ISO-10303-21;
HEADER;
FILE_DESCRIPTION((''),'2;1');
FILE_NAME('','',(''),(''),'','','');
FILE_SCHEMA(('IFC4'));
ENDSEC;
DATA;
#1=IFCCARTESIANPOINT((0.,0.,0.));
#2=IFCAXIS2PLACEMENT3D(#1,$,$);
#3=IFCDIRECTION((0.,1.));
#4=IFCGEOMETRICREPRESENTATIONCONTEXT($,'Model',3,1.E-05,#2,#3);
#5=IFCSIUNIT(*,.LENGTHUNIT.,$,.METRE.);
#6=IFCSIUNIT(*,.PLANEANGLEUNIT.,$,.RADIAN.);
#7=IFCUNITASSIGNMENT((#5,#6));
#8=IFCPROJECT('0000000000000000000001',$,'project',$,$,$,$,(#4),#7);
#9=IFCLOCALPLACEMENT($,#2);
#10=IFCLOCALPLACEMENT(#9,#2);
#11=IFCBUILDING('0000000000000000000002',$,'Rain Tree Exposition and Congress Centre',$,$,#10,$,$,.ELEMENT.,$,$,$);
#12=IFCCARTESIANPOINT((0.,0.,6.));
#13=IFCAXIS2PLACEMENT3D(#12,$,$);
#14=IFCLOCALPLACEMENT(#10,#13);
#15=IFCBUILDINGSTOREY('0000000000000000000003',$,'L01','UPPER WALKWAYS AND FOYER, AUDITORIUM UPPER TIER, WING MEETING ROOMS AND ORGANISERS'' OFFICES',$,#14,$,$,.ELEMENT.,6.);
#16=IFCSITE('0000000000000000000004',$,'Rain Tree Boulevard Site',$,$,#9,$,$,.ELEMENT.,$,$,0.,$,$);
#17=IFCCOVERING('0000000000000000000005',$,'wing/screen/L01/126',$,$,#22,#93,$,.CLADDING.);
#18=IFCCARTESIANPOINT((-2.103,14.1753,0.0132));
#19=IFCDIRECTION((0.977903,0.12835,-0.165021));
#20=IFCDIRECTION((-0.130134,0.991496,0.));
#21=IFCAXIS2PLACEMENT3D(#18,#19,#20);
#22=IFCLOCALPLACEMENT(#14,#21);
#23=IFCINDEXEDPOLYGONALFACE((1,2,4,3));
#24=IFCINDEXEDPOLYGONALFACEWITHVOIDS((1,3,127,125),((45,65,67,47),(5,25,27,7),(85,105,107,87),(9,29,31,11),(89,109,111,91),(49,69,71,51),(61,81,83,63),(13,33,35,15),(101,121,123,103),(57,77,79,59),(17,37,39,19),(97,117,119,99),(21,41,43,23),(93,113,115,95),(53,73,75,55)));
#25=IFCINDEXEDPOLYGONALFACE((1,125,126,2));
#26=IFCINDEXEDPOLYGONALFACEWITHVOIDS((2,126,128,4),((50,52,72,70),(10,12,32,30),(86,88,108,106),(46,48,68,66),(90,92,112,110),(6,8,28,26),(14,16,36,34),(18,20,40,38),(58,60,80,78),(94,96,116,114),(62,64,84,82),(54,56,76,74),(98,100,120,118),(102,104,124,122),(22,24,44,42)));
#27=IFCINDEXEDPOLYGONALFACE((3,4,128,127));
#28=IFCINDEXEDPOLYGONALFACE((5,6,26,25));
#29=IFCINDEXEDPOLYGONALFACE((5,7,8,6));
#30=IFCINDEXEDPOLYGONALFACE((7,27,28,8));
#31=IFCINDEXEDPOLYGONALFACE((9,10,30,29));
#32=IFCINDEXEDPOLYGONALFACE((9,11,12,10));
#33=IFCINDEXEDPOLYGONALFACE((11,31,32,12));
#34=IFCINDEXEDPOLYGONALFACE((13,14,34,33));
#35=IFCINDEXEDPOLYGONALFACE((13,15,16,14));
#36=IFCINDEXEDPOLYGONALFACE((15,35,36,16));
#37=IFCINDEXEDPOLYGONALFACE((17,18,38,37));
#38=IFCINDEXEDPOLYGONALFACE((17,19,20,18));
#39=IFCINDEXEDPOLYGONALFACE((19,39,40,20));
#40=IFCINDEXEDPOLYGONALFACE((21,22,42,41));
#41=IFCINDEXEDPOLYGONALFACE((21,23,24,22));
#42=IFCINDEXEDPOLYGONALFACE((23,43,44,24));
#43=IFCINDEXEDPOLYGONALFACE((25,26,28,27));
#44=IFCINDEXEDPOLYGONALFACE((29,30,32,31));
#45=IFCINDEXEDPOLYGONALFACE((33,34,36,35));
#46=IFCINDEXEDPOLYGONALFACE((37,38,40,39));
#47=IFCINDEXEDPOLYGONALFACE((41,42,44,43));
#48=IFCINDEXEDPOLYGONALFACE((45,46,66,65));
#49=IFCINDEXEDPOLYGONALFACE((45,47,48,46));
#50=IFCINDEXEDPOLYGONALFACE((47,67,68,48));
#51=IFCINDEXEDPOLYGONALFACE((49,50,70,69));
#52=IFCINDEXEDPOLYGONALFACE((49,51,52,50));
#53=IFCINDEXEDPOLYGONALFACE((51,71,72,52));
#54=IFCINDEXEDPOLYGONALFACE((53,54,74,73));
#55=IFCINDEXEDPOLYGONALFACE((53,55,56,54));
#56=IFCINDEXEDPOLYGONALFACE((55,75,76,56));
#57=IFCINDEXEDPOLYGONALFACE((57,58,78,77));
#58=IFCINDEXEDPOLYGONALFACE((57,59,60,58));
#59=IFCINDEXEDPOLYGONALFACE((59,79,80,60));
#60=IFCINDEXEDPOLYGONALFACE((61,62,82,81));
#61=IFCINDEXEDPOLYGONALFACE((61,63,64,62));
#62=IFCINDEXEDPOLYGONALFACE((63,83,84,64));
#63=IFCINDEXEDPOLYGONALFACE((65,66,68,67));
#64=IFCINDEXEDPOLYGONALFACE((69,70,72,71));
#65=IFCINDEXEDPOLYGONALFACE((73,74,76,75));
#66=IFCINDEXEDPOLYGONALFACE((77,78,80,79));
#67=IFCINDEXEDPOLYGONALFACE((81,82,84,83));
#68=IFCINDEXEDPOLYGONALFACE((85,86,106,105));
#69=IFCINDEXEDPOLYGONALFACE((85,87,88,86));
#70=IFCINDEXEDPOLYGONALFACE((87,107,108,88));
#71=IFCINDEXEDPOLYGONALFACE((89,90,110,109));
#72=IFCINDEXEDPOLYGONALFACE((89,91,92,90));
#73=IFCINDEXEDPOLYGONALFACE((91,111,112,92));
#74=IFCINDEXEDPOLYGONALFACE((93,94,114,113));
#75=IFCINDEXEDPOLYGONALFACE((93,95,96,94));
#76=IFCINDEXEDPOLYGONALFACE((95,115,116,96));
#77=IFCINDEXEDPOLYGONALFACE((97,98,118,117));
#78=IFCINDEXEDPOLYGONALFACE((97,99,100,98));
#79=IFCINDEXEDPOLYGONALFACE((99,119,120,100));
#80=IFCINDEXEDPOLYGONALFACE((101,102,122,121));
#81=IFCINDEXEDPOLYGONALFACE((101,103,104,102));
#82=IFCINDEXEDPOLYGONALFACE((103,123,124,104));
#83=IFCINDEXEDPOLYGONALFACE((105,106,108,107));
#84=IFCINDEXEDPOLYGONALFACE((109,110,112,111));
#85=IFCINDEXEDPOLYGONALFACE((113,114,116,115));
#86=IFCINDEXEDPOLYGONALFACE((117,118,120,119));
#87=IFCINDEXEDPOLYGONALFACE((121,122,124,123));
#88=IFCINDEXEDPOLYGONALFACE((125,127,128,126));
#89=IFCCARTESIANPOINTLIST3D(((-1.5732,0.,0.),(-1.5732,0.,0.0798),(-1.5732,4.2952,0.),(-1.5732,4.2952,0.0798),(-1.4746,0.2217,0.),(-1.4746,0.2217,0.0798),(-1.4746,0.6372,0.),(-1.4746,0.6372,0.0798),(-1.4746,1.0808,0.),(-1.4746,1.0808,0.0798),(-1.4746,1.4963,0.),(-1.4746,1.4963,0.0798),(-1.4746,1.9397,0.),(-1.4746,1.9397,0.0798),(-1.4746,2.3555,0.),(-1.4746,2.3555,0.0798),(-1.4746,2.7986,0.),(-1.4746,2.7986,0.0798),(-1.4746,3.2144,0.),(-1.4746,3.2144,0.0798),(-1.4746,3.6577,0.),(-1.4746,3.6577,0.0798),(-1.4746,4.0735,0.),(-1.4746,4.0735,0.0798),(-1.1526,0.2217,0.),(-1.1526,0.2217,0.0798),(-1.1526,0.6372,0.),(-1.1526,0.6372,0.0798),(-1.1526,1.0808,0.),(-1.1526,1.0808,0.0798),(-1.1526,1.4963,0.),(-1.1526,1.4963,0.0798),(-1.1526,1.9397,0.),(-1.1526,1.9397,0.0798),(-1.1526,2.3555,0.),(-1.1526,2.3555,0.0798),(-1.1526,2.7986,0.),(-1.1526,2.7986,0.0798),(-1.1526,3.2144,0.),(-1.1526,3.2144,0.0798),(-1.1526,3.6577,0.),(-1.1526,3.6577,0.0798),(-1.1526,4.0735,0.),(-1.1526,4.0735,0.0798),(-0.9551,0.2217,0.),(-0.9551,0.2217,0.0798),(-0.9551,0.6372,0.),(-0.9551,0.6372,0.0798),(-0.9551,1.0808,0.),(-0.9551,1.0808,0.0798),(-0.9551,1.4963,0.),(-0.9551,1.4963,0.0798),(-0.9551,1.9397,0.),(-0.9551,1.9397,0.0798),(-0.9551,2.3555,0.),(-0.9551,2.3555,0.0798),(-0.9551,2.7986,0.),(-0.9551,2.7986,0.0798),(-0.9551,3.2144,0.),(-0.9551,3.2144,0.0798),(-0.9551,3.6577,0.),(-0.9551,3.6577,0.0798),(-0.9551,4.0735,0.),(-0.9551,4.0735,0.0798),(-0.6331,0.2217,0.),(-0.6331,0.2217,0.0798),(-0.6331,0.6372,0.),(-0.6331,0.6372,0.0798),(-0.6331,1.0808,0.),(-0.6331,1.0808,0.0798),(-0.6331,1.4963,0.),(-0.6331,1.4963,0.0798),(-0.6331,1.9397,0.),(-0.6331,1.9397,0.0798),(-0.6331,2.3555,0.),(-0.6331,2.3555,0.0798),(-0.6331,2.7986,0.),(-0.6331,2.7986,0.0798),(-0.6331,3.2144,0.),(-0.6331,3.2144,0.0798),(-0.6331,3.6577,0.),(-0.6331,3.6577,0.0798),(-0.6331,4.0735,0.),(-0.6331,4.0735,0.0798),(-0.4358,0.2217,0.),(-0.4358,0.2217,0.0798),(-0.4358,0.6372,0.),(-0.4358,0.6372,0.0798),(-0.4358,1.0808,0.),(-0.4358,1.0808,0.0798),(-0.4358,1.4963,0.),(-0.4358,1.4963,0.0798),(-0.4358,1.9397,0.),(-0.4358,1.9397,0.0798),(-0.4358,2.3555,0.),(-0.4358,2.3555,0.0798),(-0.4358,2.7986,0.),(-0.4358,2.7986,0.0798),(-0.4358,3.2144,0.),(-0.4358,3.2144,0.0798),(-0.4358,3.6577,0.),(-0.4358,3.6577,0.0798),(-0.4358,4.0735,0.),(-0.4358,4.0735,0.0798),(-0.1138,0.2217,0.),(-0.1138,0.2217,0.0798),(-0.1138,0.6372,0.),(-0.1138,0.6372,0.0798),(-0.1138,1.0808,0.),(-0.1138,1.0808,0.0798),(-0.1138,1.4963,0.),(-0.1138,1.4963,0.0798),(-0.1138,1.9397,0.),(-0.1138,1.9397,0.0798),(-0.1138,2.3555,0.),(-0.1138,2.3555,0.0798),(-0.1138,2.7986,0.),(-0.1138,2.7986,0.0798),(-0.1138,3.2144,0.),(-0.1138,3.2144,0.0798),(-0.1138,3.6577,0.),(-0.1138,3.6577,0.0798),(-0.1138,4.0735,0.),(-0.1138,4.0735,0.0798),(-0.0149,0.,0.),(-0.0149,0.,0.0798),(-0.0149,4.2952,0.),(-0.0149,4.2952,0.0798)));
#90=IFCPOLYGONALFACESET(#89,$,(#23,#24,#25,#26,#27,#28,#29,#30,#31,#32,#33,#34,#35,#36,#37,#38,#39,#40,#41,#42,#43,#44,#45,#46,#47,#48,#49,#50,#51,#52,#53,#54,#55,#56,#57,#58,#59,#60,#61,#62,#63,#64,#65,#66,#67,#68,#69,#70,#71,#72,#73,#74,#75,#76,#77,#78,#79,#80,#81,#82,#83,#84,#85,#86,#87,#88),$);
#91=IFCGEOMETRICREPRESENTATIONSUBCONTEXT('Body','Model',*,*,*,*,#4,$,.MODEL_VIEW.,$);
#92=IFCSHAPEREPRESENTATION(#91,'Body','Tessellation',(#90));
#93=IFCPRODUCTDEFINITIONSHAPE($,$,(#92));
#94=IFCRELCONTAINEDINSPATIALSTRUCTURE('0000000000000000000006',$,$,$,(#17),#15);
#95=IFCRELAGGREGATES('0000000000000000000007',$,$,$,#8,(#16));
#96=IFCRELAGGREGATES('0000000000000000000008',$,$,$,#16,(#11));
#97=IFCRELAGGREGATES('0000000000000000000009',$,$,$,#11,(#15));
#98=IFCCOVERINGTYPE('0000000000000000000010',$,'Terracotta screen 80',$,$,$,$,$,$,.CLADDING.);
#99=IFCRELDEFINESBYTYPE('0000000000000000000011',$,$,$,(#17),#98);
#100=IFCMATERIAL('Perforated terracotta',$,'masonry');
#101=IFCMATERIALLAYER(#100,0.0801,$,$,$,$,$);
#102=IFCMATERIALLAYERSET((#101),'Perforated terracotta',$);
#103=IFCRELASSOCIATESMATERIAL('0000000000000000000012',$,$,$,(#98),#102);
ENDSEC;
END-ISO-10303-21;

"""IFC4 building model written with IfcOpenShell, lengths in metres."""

from ifc_helpers import new_model, si_unit, direction, frame, origin, place, context, subcontext, project, spatial, polyline, outline, extrude, material, layer, layer_set, type_object, element, save


model = new_model("IFC4")

# Units and contexts
model_context = context("Model", 3, precision=1e-05, world=origin(), true_north=direction((0.0, 1.0)))
body_context = subcontext(model_context, "Body", "Model", "MODEL_VIEW")
ifc_project = project(units=[si_unit("LENGTHUNIT", "METRE"), si_unit("PLANEANGLEUNIT", "RADIAN")], contexts=[model_context])

# Site, building, storey
site_placement = place(None, origin())
site = spatial("IfcSite", under=ifc_project, at=site_placement, Name="Rain Tree Boulevard Site", CompositionType="ELEMENT", RefElevation=0.0)
building_placement = place(site_placement, origin())
building = spatial("IfcBuilding", under=site, at=building_placement, Name="Rain Tree Exposition and Congress Centre", CompositionType="ELEMENT")
storey_placement = place(building_placement, frame((0.0, 0.0, 6.0)))
storey = spatial("IfcBuildingStorey", under=building, at=storey_placement, Name="L01", Description="UPPER WALKWAYS AND FOYER, AUDITORIUM UPPER TIER, WING MEETING ROOMS AND ORGANISERS' OFFICES", CompositionType="ELEMENT", Elevation=6.0)

# Covering
ifc_material_1 = material(Name="Perforated terracotta", Category="masonry")
ifc_layer_1 = layer(ifc_material_1, 0.0801)
ifc_layer_set_1 = layer_set([ifc_layer_1], Name="Perforated terracotta")
covering_type = type_object("IfcCoveringType", Name="Terracotta screen 80", PredefinedType="CLADDING", material=ifc_layer_set_1)
covering_1_placement = place(storey_placement, frame((-2.103, 14.1753, 0.0132), z_axis=(0.977903, 0.12835, -0.165021), x_axis=(-0.130134, 0.991496, 0.0)))
element("IfcCovering", 1, at=covering_1_placement, inside=storey, type_object=covering_type, Name="wing/screen/L01/126", PredefinedType="CLADDING", context=body_context, shape_type="SweptSolid", body=[
    extrude(outline(polyline([(-1.5732, 0.0), (-1.5732, 4.2952), (-0.0149, 4.2952), (-0.0149, 0.0), (-1.5732, 0.0)]), holes=[polyline([(-0.1138, 0.2217), (-0.1138, 0.6372), (-0.4358, 0.6372), (-0.4358, 0.2217), (-0.1138, 0.2217)]), polyline([(-0.1138, 1.0808), (-0.1138, 1.4963), (-0.4358, 1.4963), (-0.4358, 1.0808), (-0.1138, 1.0808)]), polyline([(-0.1138, 1.9397), (-0.1138, 2.3555), (-0.4358, 2.3555), (-0.4358, 1.9397), (-0.1138, 1.9397)]), polyline([(-0.1138, 2.7986), (-0.1138, 3.2144), (-0.4358, 3.2144), (-0.4358, 2.7986), (-0.1138, 2.7986)]), polyline([(-0.1138, 3.6577), (-0.1138, 4.0735), (-0.4358, 4.0735), (-0.4358, 3.6577), (-0.1138, 3.6577)]), polyline([(-0.6331, 0.2217), (-0.6331, 0.6372), (-0.9551, 0.6372), (-0.9551, 0.2217), (-0.6331, 0.2217)]), polyline([(-0.6331, 1.0808), (-0.6331, 1.4963), (-0.9551, 1.4963), (-0.9551, 1.0808), (-0.6331, 1.0808)]), polyline([(-0.6331, 1.9397), (-0.6331, 2.3555), (-0.9551, 2.3555), (-0.9551, 1.9397), (-0.6331, 1.9397)]), polyline([(-0.6331, 2.7986), (-0.6331, 3.2144), (-0.9551, 3.2144), (-0.9551, 2.7986), (-0.6331, 2.7986)]), polyline([(-0.6331, 3.6577), (-0.6331, 4.0735), (-0.9551, 4.0735), (-0.9551, 3.6577), (-0.6331, 3.6577)]), polyline([(-1.1526, 0.2217), (-1.1526, 0.6372), (-1.4746, 0.6372), (-1.4746, 0.2217), (-1.1526, 0.2217)]), polyline([(-1.1526, 1.0808), (-1.1526, 1.4963), (-1.4746, 1.4963), (-1.4746, 1.0808), (-1.1526, 1.0808)]), polyline([(-1.1526, 1.9397), (-1.1526, 2.3555), (-1.4746, 2.3555), (-1.4746, 1.9397), (-1.1526, 1.9397)]), polyline([(-1.1526, 2.7986), (-1.1526, 3.2144), (-1.4746, 3.2144), (-1.4746, 2.7986), (-1.1526, 2.7986)]), polyline([(-1.1526, 3.6577), (-1.1526, 4.0735), (-1.4746, 4.0735), (-1.4746, 3.6577), (-1.1526, 3.6577)])]), origin(), (0.0, 0.0, 1.0), 0.0798),
])

save(model, "model.ifc")
